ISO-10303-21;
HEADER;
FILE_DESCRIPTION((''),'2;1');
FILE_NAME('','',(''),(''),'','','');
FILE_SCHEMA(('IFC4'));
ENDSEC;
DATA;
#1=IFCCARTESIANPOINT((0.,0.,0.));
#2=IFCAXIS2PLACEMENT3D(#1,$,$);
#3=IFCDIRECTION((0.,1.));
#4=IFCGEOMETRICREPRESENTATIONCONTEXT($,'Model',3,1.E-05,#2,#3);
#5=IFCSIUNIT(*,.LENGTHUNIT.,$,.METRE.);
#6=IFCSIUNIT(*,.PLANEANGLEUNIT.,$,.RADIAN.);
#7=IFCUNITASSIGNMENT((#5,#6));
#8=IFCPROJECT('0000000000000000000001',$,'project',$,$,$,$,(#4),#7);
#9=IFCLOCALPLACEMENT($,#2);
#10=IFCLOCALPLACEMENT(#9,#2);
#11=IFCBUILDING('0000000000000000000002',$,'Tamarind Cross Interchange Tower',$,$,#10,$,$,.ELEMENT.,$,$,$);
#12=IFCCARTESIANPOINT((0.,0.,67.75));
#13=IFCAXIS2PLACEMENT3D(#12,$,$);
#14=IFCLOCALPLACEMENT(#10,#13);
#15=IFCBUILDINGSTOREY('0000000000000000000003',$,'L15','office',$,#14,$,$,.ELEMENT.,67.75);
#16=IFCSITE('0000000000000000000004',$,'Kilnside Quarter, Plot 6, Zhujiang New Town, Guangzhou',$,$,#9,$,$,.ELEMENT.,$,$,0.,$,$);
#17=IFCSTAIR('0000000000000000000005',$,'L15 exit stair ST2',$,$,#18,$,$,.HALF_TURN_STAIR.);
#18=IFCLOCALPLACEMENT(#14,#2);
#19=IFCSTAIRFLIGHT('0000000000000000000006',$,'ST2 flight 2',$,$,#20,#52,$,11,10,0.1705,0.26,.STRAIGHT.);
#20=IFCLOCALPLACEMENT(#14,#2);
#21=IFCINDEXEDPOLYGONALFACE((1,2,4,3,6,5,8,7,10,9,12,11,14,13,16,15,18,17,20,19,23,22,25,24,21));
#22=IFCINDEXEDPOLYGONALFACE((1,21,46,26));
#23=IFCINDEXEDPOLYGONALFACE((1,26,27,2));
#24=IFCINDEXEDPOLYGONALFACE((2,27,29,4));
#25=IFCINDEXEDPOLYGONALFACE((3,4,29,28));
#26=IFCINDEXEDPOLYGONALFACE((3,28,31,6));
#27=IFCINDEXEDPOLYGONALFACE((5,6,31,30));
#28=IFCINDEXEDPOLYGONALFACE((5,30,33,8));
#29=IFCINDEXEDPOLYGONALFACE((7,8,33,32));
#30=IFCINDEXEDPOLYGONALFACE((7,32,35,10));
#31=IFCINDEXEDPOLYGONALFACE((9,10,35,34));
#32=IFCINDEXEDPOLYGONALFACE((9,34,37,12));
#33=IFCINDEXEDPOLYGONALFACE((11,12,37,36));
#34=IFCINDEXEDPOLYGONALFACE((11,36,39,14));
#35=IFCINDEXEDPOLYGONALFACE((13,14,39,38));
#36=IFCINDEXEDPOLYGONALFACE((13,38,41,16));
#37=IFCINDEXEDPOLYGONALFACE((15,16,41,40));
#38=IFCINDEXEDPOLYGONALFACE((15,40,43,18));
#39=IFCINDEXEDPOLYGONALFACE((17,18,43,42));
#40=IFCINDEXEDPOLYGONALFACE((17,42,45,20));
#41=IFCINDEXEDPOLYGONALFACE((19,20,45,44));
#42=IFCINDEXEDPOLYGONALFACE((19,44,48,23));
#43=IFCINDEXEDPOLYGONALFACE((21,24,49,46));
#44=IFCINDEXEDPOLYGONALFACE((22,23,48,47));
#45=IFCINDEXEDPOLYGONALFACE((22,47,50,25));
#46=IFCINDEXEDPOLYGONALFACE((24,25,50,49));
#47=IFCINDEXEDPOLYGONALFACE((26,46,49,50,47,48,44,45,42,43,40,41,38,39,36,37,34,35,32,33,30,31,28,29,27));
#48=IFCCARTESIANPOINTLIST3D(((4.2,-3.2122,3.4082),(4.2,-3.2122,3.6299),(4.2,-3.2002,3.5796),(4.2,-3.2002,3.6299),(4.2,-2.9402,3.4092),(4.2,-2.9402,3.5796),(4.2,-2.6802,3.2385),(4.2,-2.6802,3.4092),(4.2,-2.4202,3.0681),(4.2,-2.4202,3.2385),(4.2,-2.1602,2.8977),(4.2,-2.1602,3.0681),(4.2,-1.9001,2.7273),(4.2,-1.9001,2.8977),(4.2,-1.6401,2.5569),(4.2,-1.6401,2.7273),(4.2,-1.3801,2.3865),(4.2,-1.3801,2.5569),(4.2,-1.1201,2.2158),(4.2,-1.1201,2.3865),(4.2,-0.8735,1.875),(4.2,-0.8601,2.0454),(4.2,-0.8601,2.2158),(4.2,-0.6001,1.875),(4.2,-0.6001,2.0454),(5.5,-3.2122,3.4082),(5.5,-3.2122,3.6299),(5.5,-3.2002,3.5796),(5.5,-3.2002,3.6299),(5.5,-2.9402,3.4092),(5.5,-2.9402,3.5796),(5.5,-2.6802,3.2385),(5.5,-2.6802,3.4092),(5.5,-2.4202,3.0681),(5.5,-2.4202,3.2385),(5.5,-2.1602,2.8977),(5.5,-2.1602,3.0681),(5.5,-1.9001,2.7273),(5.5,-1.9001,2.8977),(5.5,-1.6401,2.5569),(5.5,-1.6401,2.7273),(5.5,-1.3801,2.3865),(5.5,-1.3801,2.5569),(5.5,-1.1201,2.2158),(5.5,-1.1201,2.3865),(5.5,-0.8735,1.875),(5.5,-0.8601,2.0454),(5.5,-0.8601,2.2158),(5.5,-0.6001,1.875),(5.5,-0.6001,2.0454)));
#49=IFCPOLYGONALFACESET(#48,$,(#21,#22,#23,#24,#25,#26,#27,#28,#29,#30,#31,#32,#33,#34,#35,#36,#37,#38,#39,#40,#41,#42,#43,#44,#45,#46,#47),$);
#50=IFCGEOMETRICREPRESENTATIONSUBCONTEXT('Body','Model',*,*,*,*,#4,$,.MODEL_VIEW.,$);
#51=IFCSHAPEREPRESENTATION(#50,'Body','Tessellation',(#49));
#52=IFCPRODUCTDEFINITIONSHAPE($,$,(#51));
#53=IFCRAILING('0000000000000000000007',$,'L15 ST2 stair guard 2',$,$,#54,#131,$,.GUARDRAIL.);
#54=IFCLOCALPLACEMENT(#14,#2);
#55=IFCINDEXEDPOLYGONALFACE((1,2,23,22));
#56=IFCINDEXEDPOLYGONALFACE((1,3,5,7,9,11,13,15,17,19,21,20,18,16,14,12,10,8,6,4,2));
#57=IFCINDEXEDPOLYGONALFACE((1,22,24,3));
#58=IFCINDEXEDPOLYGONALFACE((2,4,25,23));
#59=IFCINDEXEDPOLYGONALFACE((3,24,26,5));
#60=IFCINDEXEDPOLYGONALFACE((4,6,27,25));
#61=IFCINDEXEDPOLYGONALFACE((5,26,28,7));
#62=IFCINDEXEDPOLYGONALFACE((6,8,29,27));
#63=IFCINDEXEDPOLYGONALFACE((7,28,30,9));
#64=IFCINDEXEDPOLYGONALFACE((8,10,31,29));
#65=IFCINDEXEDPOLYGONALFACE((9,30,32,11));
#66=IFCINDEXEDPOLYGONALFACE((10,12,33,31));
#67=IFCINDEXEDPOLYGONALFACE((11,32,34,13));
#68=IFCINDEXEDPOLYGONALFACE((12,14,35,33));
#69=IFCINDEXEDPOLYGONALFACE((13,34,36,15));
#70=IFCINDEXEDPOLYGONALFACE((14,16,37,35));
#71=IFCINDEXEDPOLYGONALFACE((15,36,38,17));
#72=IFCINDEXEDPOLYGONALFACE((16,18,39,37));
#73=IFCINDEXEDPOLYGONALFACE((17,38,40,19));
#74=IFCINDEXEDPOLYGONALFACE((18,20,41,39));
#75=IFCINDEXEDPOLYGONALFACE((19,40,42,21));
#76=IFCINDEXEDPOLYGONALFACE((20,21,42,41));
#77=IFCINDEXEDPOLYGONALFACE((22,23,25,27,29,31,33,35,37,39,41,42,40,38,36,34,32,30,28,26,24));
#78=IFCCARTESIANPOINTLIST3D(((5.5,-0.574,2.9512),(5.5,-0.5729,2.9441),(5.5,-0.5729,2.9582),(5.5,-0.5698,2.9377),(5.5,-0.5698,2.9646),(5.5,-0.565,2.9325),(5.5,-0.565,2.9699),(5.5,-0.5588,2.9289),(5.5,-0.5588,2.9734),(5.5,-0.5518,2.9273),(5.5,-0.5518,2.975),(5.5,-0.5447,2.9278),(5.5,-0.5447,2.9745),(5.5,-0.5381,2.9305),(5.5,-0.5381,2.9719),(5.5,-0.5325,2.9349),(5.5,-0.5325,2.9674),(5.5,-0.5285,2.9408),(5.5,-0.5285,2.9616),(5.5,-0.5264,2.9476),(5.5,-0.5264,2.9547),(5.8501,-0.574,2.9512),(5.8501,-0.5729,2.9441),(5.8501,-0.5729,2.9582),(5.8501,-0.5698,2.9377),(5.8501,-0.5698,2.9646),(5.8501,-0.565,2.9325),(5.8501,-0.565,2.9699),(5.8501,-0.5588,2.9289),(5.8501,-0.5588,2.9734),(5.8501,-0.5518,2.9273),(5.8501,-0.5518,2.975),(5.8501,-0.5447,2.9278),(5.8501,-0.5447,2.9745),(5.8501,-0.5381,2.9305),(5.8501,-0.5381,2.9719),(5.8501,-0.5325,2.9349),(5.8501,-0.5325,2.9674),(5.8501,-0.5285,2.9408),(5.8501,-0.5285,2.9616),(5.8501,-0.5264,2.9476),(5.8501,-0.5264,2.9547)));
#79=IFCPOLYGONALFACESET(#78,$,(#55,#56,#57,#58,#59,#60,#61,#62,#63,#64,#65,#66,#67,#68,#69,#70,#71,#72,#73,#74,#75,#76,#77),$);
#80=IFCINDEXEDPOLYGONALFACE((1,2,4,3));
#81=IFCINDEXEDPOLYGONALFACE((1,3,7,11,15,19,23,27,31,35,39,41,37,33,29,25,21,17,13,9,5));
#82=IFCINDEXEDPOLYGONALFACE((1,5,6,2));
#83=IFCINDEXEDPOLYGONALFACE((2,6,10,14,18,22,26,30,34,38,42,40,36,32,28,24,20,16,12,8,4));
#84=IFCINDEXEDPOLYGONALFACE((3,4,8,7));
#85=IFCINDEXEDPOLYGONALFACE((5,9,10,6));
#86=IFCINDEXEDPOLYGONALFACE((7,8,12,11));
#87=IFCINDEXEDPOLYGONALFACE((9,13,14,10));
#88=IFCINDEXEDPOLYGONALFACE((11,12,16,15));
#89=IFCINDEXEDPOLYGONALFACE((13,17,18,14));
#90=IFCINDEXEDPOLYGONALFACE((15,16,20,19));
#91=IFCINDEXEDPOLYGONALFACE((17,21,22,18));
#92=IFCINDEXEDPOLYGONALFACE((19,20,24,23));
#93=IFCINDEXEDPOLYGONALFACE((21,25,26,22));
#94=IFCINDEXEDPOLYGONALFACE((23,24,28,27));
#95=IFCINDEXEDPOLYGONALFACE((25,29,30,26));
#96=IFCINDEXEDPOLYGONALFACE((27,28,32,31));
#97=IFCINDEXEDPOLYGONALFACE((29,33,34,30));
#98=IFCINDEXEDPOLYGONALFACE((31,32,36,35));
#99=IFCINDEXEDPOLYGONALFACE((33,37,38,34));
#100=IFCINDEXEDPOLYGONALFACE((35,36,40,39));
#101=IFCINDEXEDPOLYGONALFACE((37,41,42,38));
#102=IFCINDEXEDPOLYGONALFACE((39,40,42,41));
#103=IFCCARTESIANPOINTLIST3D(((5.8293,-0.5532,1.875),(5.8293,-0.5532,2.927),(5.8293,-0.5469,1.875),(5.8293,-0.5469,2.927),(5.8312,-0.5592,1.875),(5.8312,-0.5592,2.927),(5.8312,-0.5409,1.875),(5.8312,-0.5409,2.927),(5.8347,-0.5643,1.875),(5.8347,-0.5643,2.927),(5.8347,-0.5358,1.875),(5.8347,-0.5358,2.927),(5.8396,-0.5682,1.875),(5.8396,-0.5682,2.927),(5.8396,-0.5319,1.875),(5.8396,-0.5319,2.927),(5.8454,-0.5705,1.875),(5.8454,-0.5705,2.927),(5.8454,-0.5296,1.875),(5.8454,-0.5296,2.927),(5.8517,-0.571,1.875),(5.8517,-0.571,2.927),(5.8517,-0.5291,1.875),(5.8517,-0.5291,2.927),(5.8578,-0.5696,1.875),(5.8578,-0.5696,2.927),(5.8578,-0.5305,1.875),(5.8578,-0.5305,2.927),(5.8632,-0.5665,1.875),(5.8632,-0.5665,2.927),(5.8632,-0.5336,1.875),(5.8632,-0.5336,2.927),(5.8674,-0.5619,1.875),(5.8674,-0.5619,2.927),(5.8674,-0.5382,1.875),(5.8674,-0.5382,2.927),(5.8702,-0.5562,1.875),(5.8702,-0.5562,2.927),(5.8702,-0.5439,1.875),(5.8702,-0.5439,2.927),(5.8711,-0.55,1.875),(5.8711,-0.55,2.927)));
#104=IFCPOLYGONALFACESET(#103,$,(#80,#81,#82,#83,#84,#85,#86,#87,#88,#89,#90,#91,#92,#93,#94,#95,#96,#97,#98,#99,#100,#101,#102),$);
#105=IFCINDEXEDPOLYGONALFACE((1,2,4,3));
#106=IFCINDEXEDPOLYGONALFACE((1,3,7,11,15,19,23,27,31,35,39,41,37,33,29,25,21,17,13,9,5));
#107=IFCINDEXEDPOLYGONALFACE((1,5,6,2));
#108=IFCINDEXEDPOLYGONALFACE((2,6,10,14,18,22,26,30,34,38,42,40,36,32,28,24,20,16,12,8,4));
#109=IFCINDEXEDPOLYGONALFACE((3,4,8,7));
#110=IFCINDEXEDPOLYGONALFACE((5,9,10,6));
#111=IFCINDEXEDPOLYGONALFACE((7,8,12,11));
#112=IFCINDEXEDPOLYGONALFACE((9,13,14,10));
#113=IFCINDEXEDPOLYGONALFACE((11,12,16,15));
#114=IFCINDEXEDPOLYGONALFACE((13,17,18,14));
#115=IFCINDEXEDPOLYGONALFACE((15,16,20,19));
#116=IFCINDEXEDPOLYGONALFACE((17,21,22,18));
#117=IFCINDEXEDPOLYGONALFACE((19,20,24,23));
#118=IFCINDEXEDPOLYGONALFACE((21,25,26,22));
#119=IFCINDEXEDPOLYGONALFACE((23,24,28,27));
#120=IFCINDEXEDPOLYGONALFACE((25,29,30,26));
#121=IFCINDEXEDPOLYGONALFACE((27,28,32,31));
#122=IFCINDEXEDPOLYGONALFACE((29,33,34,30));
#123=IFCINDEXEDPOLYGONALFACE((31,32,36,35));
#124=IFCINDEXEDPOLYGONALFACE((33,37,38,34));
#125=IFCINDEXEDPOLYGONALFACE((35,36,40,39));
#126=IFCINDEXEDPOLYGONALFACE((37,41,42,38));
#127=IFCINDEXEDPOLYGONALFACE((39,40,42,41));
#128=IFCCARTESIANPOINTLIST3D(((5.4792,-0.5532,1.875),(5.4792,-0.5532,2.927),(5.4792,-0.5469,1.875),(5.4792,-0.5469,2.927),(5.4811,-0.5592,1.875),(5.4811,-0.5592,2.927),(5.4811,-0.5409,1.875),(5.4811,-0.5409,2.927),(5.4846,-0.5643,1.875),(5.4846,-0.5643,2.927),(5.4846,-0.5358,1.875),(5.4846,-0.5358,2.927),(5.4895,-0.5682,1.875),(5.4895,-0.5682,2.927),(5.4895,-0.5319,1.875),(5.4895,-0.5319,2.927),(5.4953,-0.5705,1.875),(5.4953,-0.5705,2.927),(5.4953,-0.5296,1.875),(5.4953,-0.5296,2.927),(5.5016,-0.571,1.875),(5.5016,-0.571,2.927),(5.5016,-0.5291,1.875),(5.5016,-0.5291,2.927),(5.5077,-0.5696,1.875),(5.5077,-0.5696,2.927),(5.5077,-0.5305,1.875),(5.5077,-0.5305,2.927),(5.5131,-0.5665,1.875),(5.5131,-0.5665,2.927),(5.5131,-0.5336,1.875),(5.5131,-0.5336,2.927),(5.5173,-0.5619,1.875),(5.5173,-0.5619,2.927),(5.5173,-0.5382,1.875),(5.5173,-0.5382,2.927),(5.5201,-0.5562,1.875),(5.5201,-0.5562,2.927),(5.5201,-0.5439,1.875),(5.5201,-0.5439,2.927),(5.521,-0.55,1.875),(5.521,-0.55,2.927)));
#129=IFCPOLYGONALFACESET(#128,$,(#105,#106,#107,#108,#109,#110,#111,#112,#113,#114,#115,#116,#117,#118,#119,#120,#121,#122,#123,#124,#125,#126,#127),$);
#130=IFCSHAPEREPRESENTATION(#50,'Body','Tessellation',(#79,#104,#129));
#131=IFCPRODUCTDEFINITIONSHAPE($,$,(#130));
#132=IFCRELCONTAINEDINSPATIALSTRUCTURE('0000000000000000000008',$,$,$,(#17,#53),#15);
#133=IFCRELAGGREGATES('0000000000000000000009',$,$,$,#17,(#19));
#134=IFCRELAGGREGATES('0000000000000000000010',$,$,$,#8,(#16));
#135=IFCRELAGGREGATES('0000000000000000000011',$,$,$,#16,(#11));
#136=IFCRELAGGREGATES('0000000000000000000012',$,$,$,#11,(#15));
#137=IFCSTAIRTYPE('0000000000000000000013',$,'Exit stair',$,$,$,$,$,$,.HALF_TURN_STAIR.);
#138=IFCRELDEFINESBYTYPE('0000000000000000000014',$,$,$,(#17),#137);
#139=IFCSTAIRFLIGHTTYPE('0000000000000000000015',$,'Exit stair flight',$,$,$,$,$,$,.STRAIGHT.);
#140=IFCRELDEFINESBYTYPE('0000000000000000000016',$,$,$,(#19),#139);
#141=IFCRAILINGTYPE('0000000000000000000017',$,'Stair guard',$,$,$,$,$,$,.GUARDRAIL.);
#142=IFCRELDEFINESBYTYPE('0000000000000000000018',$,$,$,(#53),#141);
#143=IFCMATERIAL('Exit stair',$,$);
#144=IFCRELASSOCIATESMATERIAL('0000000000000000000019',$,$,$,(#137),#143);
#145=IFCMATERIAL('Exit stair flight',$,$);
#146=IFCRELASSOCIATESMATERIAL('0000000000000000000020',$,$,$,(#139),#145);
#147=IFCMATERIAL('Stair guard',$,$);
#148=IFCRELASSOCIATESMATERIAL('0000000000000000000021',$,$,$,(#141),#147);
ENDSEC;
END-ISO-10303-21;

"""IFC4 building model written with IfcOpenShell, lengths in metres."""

from ifc_helpers import new_model, si_unit, direction, frame, origin, origin_2d, place, context, subcontext, project, spatial, polyline, circle, outline, extrude, material, type_object, element, aggregate, save


model = new_model("IFC4")

# Units and contexts
model_context = context("Model", 3, precision=1e-05, world=origin(), true_north=direction((0.0, 1.0)))
body_context = subcontext(model_context, "Body", "Model", "MODEL_VIEW")
ifc_project = project(units=[si_unit("LENGTHUNIT", "METRE"), si_unit("PLANEANGLEUNIT", "RADIAN")], contexts=[model_context])

# Site, building, storey
site_placement = place(None, origin())
site = spatial("IfcSite", under=ifc_project, at=site_placement, Name="Kilnside Quarter, Plot 6, Zhujiang New Town, Guangzhou", CompositionType="ELEMENT", RefElevation=0.0)
building_placement = place(site_placement, origin())
building = spatial("IfcBuilding", under=site, at=building_placement, Name="Tamarind Cross Interchange Tower", CompositionType="ELEMENT")
storey_placement = place(building_placement, frame((0.0, 0.0, 67.75)))
storey = spatial("IfcBuildingStorey", under=building, at=storey_placement, Name="L15", Description="office", CompositionType="ELEMENT", Elevation=67.75)

# Stair, stair flight
ifc_material_1 = material(Name="Exit stair")
stair_type = type_object("IfcStairType", Name="Exit stair", PredefinedType="HALF_TURN_STAIR", material=ifc_material_1)
stair_placement = place(storey_placement, origin())
stair = element("IfcStair", 1, at=stair_placement, inside=storey, type_object=stair_type, Name="L15 exit stair ST2", PredefinedType="HALF_TURN_STAIR")
ifc_material_2 = material(Name="Exit stair flight")
stair_flight_type = type_object("IfcStairFlightType", Name="Exit stair flight", PredefinedType="STRAIGHT", material=ifc_material_2)
stair_flight_1_placement = place(storey_placement, frame((4.8501, -0.6001, 1.875), z_axis=(0.0, 0.0, 1.0), x_axis=(0.0, -1.0, 0.0)))
stair_flight_1 = element("IfcStairFlight", 2, at=stair_flight_1_placement, type_object=stair_flight_type, Name="ST2 flight 2", NumberOfRisers=11, NumberOfTreads=10, PredefinedType="STRAIGHT", RiserHeight=0.1705, TreadLength=0.26, context=body_context, shape_type="SweptSolid", body=[
    extrude(outline(polyline([(0.0, 0.0), (0.0, 0.1704), (0.26, 0.1704), (0.26, 0.3408), (0.52, 0.3408), (0.52, 0.5115), (0.78, 0.5115), (0.78, 0.6819), (1.04, 0.6819), (1.04, 0.8523), (1.3, 0.8523), (1.3, 1.0227), (1.5601, 1.0227), (1.5601, 1.1931), (1.8201, 1.1931), (1.8201, 1.3635), (2.0801, 1.3635), (2.0801, 1.5342), (2.3401, 1.5342), (2.3401, 1.7046), (2.6001, 1.7046), (2.6001, 1.7549), (2.6121, 1.7549), (2.6121, 1.5332), (0.2734, 0.0), (0.0, 0.0)])), frame((0.0, 0.6499, 0.0), z_axis=(0.0, -1.0, 0.0), x_axis=(1.0, 0.0, 0.0)), (0.0, 0.0, 1.0), 1.3),
])
aggregate(stair, [stair_flight_1])

# Railing
ifc_material_3 = material(Name="Stair guard")
railing_type_1 = type_object("IfcRailingType", Name="Stair guard", PredefinedType="GUARDRAIL", material=ifc_material_3)
railing_1_placement = place(storey_placement, frame((5.8501, -0.55, 1.875)))
element("IfcRailing", 3, at=railing_1_placement, inside=storey, type_object=railing_type_1, Name="L15 ST2 stair guard 2", PredefinedType="GUARDRAIL", context=body_context, shape_type="SweptSolid", body=[
    extrude(circle(Radius=0.0239, at=origin_2d()), frame((0.0, 0.0, 1.0762), z_axis=(-1.0, 0.0, 0.0), x_axis=(0.0, -1.0, 0.0)), (0.0, 0.0, 1.0), 0.3501),
    extrude(circle(Radius=0.021, at=origin_2d()), origin(), (0.0, 0.0, 1.0), 1.052),
    extrude(circle(Radius=0.021, at=origin_2d()), frame((-0.3501, 0.0, 0.0)), (0.0, 0.0, 1.0), 1.052),
])

save(model, "model.ifc")
